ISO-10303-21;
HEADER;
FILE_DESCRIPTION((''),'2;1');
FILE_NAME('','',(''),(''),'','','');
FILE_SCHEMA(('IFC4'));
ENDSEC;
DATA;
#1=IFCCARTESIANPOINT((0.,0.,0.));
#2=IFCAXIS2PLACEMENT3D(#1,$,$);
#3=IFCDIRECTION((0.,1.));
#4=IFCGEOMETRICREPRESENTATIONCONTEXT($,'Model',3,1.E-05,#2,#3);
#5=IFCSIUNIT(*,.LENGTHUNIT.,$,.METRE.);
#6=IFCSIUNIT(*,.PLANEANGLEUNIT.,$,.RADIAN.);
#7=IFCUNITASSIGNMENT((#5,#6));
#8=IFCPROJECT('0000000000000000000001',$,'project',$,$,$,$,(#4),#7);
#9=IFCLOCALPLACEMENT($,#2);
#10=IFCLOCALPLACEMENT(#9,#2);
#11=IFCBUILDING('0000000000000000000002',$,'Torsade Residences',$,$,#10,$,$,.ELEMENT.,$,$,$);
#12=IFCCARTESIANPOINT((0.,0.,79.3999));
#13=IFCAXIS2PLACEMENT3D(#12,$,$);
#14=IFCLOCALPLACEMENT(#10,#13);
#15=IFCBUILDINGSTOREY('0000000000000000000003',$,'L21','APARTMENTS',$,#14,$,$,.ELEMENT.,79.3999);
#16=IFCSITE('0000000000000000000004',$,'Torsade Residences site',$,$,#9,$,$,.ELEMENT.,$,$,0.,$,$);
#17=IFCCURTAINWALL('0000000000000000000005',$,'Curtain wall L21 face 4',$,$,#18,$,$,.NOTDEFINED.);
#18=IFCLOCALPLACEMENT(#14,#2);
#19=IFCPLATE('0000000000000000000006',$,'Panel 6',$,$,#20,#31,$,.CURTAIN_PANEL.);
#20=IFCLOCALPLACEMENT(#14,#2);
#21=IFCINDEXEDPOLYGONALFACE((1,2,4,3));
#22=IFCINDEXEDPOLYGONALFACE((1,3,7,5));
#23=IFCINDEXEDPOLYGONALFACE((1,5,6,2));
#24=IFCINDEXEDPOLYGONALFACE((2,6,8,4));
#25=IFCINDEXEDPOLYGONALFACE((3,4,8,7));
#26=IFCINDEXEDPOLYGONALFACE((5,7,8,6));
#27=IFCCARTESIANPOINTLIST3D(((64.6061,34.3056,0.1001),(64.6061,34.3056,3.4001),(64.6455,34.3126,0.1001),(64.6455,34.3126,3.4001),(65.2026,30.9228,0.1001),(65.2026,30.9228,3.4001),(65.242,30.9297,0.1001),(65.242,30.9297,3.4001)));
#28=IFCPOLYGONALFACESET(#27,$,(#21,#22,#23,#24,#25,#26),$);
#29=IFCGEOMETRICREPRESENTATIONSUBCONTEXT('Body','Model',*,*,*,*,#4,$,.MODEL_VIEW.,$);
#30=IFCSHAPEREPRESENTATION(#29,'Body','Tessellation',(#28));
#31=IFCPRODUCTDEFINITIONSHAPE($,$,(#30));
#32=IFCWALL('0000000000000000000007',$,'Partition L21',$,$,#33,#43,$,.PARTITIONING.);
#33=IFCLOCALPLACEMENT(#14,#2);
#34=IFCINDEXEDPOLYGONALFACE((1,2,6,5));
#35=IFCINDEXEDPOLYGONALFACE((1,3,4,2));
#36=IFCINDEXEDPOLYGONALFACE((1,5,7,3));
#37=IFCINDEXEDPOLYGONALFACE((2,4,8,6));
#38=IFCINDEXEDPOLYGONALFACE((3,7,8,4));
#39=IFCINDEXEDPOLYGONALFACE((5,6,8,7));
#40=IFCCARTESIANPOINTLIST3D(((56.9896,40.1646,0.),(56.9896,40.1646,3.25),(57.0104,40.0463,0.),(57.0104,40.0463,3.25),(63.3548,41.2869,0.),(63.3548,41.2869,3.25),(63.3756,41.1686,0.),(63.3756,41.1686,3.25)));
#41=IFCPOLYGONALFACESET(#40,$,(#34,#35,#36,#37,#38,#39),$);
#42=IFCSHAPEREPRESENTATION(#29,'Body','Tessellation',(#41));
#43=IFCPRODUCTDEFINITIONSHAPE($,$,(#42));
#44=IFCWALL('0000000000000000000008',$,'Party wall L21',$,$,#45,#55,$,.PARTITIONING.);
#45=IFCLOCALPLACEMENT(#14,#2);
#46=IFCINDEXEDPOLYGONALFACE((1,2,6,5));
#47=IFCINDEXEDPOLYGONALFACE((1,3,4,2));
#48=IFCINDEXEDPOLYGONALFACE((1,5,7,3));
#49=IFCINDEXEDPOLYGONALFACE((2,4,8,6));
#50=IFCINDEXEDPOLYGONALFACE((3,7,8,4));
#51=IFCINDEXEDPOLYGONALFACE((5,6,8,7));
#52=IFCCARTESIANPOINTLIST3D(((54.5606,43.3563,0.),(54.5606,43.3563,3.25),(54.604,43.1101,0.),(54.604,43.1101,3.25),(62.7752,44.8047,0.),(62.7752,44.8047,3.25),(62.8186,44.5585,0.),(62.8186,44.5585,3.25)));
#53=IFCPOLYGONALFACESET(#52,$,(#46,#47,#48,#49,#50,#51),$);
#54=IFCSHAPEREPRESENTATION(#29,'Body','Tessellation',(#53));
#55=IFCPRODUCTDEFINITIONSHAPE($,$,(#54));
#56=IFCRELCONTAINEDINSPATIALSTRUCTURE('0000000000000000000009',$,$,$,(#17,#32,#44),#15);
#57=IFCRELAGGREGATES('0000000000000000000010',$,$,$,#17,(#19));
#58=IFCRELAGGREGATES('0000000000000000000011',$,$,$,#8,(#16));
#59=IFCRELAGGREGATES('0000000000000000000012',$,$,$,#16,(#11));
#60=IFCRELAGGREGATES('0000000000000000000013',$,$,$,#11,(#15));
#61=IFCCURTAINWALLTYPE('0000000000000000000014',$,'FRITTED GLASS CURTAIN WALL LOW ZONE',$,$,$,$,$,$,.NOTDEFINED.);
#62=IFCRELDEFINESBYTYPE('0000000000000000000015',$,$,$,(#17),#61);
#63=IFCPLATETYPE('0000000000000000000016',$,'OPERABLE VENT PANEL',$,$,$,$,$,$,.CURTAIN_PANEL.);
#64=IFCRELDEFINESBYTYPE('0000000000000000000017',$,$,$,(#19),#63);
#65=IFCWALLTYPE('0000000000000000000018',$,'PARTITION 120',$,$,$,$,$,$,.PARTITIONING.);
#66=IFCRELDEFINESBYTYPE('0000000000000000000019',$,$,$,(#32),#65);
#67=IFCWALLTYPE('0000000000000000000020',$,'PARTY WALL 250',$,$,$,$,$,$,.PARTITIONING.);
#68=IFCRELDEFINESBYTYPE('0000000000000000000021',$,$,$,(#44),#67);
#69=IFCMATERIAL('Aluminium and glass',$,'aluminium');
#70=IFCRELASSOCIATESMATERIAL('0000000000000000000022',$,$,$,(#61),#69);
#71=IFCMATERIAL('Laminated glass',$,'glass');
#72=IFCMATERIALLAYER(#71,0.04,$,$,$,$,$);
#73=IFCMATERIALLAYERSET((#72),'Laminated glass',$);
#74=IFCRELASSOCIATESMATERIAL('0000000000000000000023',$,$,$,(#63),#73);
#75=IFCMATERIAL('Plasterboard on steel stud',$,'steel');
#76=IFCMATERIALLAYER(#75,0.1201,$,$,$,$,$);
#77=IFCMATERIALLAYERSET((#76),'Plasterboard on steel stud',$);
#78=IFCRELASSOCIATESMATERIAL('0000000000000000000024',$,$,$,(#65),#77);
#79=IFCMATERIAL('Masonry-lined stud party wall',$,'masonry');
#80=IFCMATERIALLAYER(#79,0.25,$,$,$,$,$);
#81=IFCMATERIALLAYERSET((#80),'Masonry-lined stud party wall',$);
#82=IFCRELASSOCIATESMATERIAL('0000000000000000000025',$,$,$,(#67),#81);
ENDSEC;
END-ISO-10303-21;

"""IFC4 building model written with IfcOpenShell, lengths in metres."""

from ifc_helpers import new_model, si_unit, direction, frame, frame_2d, origin, origin_2d, place, context, subcontext, project, spatial, rectangle, extrude, material, layer, layer_set, type_object, element, aggregate, save


model = new_model("IFC4")

# Units and contexts
model_context = context("Model", 3, precision=1e-05, world=origin(), true_north=direction((0.0, 1.0)))
body_context = subcontext(model_context, "Body", "Model", "MODEL_VIEW")
ifc_project = project(units=[si_unit("LENGTHUNIT", "METRE"), si_unit("PLANEANGLEUNIT", "RADIAN")], contexts=[model_context])

# Site, building, storey
site_placement = place(None, origin())
site = spatial("IfcSite", under=ifc_project, at=site_placement, Name="Torsade Residences site", CompositionType="ELEMENT", RefElevation=0.0)
building_placement = place(site_placement, origin())
building = spatial("IfcBuilding", under=site, at=building_placement, Name="Torsade Residences", CompositionType="ELEMENT")
storey_placement = place(building_placement, frame((0.0, 0.0, 79.3999)))
storey = spatial("IfcBuildingStorey", under=building, at=storey_placement, Name="L21", Description="APARTMENTS", CompositionType="ELEMENT", Elevation=79.3999)

# Curtain wall
ifc_material_1 = material(Name="Aluminium and glass", Category="aluminium")
curtain_wall_type = type_object("IfcCurtainWallType", Name="FRITTED GLASS CURTAIN WALL LOW ZONE", PredefinedType="NOTDEFINED", material=ifc_material_1)
curtain_wall_placement = place(storey_placement, origin())
curtain_wall = element("IfcCurtainWall", 1, at=curtain_wall_placement, inside=storey, type_object=curtain_wall_type, Name="Curtain wall L21 face 4", PredefinedType="NOTDEFINED")

# Plate
ifc_material_2 = material(Name="Laminated glass", Category="glass")
ifc_layer_1 = layer(ifc_material_2, 0.04)
ifc_layer_set_1 = layer_set([ifc_layer_1], Name="Laminated glass")
plate_type_1 = type_object("IfcPlateType", Name="OPERABLE VENT PANEL", PredefinedType="CURTAIN_PANEL", material=ifc_layer_set_1)
plate_1_placement = place(storey_placement, frame((64.9241, 32.6177, 0.1001), z_axis=(0.0, 0.0, 1.0), x_axis=(-0.173648, 0.984808, 0.0)))
plate_1 = element("IfcPlate", 2, at=plate_1_placement, type_object=plate_type_1, Name="Panel 6", PredefinedType="CURTAIN_PANEL", context=body_context, shape_type="SweptSolid", body=[
    extrude(rectangle(XDim=3.4351, YDim=0.04, at=origin_2d()), origin(), (0.0, 0.0, 1.0), 3.3),
])
aggregate(curtain_wall, [plate_1])

# Walls
ifc_material_3 = material(Name="Plasterboard on steel stud", Category="steel")
ifc_layer_2 = layer(ifc_material_3, 0.1201)
ifc_layer_set_2 = layer_set([ifc_layer_2], Name="Plasterboard on steel stud")
wall_type_1 = type_object("IfcWallType", Name="PARTITION 120", PredefinedType="PARTITIONING", material=ifc_layer_set_2)
wall_1_placement = place(storey_placement, frame((57.0, 40.1055, 0.0), z_axis=(0.0, 0.0, 1.0), x_axis=(0.984809, 0.173641, 0.0)))
element("IfcWall", 3, at=wall_1_placement, inside=storey, type_object=wall_type_1, Name="Partition L21", PredefinedType="PARTITIONING", context=body_context, shape_type="SweptSolid", body=[
    extrude(rectangle(XDim=6.4634, YDim=0.1201, at=frame_2d((3.2317, 0.0))), origin(), (0.0, 0.0, 1.0), 3.25),
])
ifc_material_4 = material(Name="Masonry-lined stud party wall", Category="masonry")
ifc_layer_3 = layer(ifc_material_4, 0.25)
ifc_layer_set_3 = layer_set([ifc_layer_3], Name="Masonry-lined stud party wall")
wall_type_2 = type_object("IfcWallType", Name="PARTY WALL 250", PredefinedType="PARTITIONING", material=ifc_layer_set_3)
wall_2_placement = place(storey_placement, frame((62.7969, 44.6816, 0.0), z_axis=(0.0, 0.0, 1.0), x_axis=(-0.984807, -0.173652, 0.0)))
element("IfcWall", 4, at=wall_2_placement, inside=storey, type_object=wall_type_2, Name="Party wall L21", PredefinedType="PARTITIONING", context=body_context, shape_type="SweptSolid", body=[
    extrude(rectangle(XDim=8.3413, YDim=0.25, at=frame_2d((4.1707, 0.0))), origin(), (0.0, 0.0, 1.0), 3.25),
])

save(model, "model.ifc")
